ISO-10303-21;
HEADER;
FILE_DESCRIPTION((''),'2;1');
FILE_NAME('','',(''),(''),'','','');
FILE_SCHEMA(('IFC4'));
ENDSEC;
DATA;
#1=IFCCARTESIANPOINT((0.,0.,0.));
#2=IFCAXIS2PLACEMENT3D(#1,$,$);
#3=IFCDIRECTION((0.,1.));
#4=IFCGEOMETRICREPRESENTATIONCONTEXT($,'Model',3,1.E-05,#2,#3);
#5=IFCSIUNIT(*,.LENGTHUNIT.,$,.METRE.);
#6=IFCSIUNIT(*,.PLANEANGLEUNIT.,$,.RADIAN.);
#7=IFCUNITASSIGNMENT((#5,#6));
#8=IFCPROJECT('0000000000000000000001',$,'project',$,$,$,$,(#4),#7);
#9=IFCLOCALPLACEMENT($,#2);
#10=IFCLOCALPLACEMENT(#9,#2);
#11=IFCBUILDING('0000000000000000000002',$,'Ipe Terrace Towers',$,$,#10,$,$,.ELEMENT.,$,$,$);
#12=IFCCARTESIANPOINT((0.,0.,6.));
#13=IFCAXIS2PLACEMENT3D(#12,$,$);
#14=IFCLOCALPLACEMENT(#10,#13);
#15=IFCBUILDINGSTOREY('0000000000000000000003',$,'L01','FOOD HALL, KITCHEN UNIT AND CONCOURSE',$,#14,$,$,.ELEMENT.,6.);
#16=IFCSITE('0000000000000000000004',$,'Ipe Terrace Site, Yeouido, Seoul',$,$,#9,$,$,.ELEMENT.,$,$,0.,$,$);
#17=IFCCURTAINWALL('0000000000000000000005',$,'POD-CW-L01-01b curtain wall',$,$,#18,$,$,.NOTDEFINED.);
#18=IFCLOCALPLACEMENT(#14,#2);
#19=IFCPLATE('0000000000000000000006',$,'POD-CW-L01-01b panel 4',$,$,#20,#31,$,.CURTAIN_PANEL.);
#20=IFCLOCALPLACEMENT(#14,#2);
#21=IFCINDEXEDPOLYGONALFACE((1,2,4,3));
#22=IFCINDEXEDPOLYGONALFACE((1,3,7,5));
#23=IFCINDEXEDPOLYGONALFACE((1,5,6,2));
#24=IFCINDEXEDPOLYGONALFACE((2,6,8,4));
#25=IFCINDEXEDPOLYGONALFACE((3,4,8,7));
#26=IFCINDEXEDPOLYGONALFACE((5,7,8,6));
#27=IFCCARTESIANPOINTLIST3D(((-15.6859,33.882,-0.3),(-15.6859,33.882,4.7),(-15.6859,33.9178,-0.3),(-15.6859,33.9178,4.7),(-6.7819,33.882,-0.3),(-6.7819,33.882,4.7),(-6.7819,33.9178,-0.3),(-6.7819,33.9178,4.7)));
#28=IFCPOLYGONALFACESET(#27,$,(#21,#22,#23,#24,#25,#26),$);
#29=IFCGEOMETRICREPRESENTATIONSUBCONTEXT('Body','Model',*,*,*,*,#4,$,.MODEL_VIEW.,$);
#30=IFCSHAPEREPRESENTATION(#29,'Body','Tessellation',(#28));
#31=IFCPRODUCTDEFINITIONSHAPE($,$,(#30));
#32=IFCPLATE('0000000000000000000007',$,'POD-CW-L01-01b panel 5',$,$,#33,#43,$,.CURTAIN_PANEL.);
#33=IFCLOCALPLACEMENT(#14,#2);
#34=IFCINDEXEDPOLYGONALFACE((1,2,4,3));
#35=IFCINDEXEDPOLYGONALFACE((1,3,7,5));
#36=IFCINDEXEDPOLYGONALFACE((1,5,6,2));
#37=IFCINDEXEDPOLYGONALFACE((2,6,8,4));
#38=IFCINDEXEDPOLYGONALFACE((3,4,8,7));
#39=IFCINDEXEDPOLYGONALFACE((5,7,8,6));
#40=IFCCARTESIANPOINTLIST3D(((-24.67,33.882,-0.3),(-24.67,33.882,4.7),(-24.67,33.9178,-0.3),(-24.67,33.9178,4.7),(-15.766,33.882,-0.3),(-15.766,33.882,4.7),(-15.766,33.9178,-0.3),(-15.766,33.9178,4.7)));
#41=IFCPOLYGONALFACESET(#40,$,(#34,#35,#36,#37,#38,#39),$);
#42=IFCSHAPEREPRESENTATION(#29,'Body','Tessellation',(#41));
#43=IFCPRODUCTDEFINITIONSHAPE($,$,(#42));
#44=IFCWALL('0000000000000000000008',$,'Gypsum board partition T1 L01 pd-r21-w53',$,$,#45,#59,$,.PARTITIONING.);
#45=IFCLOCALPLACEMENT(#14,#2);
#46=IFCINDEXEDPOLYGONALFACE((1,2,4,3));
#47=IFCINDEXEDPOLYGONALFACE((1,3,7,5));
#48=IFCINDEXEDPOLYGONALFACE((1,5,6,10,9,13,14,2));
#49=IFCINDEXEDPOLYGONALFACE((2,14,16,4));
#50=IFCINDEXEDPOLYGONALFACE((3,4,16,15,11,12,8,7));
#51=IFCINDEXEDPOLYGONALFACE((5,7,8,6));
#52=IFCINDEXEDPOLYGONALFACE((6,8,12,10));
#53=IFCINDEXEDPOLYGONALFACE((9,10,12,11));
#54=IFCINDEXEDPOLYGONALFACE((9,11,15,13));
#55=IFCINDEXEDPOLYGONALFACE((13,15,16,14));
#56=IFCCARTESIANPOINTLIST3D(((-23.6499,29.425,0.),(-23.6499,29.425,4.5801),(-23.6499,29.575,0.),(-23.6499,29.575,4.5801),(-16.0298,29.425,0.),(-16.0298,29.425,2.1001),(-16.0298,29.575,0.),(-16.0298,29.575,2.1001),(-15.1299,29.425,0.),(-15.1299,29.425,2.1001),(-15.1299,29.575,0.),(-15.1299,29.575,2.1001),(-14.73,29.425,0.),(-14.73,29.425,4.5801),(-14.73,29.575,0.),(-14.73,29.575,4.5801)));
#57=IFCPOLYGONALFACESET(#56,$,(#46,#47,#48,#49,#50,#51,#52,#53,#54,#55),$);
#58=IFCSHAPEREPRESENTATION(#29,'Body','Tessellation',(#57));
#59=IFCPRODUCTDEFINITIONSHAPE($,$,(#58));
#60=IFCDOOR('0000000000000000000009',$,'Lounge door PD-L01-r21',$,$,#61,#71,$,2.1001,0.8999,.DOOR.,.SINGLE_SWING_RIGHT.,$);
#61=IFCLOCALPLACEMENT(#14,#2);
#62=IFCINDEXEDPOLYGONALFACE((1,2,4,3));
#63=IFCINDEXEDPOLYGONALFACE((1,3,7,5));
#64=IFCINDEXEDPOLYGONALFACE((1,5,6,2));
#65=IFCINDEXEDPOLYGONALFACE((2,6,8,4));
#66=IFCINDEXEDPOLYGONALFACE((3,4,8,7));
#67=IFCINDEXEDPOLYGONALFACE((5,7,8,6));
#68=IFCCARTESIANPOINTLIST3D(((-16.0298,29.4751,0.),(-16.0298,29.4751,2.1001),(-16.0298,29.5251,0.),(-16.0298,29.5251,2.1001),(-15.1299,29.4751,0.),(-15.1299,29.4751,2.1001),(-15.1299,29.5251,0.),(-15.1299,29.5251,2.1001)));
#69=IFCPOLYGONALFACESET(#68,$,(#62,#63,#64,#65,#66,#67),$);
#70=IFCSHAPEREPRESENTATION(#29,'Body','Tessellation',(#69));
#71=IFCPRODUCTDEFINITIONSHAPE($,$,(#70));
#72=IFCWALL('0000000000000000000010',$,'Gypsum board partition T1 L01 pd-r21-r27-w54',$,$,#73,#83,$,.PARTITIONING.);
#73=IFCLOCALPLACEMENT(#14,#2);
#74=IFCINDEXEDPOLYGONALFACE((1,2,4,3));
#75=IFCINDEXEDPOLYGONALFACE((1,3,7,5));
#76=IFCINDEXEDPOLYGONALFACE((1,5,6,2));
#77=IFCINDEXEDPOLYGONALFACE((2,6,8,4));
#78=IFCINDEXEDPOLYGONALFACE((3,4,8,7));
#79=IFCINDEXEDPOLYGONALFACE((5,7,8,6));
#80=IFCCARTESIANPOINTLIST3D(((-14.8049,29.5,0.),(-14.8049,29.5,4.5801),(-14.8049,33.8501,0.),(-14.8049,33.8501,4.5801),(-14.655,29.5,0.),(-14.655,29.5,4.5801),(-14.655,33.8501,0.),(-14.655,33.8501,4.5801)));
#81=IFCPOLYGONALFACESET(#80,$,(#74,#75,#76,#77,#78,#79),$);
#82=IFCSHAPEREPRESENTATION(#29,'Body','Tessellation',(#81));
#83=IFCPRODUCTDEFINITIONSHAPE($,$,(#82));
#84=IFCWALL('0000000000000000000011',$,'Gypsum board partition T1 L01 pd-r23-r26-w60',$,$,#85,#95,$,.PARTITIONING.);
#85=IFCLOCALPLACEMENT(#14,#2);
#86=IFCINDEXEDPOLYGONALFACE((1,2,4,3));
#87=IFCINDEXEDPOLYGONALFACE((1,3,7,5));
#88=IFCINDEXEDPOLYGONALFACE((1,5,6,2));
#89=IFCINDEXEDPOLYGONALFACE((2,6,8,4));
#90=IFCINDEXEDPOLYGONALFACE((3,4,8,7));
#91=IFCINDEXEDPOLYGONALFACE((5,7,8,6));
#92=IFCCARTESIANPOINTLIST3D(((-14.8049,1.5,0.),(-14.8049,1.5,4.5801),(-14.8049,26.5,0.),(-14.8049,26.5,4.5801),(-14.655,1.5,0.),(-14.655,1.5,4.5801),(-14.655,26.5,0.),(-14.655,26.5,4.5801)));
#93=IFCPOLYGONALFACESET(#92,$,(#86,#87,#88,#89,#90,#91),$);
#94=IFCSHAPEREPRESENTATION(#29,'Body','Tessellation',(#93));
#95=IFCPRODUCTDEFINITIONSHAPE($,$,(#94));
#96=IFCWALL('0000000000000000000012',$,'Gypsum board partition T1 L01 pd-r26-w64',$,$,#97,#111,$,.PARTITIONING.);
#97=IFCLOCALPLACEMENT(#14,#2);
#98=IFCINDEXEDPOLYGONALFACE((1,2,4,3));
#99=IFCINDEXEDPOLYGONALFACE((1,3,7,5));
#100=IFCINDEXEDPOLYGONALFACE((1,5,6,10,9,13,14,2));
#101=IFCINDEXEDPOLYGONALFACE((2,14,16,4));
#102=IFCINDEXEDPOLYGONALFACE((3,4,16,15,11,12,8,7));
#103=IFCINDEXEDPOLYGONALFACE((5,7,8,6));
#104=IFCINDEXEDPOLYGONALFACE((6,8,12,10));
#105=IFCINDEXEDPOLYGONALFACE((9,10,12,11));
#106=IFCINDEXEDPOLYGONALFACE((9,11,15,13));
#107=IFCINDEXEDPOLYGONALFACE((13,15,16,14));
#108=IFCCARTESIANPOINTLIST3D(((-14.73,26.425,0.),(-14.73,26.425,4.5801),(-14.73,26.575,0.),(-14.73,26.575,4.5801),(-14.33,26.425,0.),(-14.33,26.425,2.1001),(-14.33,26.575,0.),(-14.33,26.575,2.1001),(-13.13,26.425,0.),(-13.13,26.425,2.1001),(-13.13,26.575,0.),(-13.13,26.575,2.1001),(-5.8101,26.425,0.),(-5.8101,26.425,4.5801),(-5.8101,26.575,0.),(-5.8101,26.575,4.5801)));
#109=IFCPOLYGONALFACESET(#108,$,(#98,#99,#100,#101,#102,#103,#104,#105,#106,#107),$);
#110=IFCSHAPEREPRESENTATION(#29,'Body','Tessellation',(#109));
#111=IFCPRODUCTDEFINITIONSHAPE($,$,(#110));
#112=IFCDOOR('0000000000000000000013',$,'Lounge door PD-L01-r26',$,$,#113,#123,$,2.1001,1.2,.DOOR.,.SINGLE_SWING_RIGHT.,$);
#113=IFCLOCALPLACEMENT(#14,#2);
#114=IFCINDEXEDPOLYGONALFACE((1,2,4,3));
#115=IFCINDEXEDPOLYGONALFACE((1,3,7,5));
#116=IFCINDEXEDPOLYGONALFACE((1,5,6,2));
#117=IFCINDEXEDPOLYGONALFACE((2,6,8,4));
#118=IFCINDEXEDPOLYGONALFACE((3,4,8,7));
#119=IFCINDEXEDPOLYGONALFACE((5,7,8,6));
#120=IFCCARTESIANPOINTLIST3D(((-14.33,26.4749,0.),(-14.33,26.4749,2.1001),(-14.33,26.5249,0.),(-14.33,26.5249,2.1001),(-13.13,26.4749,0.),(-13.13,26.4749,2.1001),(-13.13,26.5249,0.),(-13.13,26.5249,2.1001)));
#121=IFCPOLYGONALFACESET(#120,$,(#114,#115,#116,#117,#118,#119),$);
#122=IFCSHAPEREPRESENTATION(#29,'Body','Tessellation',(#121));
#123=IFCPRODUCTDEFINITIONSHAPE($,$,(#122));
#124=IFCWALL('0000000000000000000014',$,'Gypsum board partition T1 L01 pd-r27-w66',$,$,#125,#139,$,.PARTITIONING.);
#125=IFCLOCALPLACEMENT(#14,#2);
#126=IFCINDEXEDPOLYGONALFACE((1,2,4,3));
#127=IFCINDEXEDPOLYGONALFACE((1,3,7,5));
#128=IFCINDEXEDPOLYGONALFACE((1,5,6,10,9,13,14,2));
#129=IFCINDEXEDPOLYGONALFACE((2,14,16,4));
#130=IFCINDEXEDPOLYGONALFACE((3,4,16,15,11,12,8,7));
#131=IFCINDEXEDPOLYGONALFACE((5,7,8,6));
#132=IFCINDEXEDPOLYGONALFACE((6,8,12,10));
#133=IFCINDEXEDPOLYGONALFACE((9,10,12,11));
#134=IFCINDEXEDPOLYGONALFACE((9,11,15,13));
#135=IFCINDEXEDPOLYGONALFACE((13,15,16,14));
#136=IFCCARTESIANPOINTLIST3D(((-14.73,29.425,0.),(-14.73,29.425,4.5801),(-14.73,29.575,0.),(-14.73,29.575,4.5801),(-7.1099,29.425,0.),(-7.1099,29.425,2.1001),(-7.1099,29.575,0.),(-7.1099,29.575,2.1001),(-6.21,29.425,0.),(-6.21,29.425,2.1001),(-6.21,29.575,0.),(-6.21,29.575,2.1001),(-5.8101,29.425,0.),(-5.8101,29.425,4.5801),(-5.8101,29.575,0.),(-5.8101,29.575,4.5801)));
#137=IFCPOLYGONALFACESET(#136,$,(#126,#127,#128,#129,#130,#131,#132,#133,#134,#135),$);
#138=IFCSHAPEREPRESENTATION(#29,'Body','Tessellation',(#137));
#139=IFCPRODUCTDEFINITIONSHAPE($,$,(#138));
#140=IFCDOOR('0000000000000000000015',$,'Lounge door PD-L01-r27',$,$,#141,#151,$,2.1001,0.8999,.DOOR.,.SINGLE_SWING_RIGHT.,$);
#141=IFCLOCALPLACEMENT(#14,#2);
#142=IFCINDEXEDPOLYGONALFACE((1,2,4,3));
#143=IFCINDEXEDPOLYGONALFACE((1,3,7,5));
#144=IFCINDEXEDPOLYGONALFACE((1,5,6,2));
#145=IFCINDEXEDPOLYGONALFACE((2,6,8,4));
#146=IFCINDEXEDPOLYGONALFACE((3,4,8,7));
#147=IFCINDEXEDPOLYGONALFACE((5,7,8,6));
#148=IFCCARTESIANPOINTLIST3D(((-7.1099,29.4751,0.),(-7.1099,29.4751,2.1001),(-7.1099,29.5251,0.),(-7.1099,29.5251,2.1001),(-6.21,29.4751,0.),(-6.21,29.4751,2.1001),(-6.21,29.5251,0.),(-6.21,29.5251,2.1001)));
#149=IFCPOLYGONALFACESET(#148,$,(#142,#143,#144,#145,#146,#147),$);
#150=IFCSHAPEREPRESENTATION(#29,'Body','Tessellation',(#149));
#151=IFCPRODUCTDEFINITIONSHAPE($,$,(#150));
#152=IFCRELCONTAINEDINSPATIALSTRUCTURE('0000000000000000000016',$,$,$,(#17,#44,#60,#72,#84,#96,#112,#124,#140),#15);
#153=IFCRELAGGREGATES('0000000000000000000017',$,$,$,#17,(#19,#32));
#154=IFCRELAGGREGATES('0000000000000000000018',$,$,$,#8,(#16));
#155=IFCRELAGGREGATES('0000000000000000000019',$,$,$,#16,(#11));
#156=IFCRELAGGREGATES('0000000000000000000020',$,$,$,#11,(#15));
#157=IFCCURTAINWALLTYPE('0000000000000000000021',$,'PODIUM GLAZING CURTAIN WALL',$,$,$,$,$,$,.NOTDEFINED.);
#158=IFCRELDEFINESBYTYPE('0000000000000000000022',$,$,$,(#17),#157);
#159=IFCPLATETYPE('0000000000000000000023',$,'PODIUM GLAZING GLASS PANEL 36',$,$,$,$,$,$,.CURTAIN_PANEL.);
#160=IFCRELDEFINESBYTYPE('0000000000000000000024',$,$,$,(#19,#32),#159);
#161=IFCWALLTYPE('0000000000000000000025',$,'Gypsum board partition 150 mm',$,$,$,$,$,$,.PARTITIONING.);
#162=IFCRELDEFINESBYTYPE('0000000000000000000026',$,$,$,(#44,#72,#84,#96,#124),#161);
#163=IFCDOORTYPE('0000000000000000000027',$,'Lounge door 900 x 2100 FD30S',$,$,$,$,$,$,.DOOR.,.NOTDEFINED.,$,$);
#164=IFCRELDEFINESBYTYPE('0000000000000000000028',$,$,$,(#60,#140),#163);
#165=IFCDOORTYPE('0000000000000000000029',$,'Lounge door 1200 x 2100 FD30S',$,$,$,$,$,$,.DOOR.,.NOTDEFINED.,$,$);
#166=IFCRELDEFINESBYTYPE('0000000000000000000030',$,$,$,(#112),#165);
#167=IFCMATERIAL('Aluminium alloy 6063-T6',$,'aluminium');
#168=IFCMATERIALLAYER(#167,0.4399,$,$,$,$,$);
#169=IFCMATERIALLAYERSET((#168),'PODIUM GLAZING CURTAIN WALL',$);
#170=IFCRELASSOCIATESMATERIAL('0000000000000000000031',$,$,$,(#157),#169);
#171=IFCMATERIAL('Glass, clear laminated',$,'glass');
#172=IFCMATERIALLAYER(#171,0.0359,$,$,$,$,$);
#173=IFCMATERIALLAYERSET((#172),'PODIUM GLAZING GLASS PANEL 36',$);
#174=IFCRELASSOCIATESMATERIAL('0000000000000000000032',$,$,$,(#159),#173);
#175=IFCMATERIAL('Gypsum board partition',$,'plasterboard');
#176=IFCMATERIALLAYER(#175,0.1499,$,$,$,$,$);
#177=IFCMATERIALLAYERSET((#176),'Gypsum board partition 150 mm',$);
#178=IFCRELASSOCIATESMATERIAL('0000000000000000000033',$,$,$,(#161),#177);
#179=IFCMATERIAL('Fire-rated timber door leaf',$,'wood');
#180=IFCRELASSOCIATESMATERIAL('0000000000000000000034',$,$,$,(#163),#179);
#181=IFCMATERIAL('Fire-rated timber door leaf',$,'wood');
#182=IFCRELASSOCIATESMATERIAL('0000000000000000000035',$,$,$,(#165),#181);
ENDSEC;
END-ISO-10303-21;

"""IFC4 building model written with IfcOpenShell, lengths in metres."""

from ifc_helpers import new_model, si_unit, direction, frame, frame_2d, origin, origin_2d, place, context, subcontext, project, spatial, rectangle, extrude, material, layer, layer_set, type_object, element, fill, aggregate, save


model = new_model("IFC4")

# Units and contexts
model_context = context("Model", 3, precision=1e-05, world=origin(), true_north=direction((0.0, 1.0)))
body_context = subcontext(model_context, "Body", "Model", "MODEL_VIEW")
ifc_project = project(units=[si_unit("LENGTHUNIT", "METRE"), si_unit("PLANEANGLEUNIT", "RADIAN")], contexts=[model_context])

# Site, building, storey
site_placement = place(None, origin())
site = spatial("IfcSite", under=ifc_project, at=site_placement, Name="Ipe Terrace Site, Yeouido, Seoul", CompositionType="ELEMENT", RefElevation=0.0)
building_placement = place(site_placement, origin())
building = spatial("IfcBuilding", under=site, at=building_placement, Name="Ipe Terrace Towers", CompositionType="ELEMENT")
storey_placement = place(building_placement, frame((0.0, 0.0, 6.0)))
storey = spatial("IfcBuildingStorey", under=building, at=storey_placement, Name="L01", Description="FOOD HALL, KITCHEN UNIT AND CONCOURSE", CompositionType="ELEMENT", Elevation=6.0)

# Curtain wall, plates
ifc_material_1 = material(Name="Aluminium alloy 6063-T6", Category="aluminium")
ifc_layer_1 = layer(ifc_material_1, 0.4399)
ifc_layer_set_1 = layer_set([ifc_layer_1], Name="PODIUM GLAZING CURTAIN WALL")
curtain_wall_type = type_object("IfcCurtainWallType", Name="PODIUM GLAZING CURTAIN WALL", PredefinedType="NOTDEFINED", material=ifc_layer_set_1)
curtain_wall_placement = place(storey_placement, origin())
curtain_wall = element("IfcCurtainWall", 1, at=curtain_wall_placement, inside=storey, type_object=curtain_wall_type, Name="POD-CW-L01-01b curtain wall", PredefinedType="NOTDEFINED")
ifc_material_2 = material(Name="Glass, clear laminated", Category="glass")
ifc_layer_2 = layer(ifc_material_2, 0.0359)
ifc_layer_set_2 = layer_set([ifc_layer_2], Name="PODIUM GLAZING GLASS PANEL 36")
plate_type = type_object("IfcPlateType", Name="PODIUM GLAZING GLASS PANEL 36", PredefinedType="CURTAIN_PANEL", material=ifc_layer_set_2)
plate_1_placement = place(storey_placement, frame((-11.2339, 33.8999, -0.3), z_axis=(0.0, 0.0, 1.0), x_axis=(-1.0, 0.0, 0.0)))
plate_1 = element("IfcPlate", 2, at=plate_1_placement, type_object=plate_type, Name="POD-CW-L01-01b panel 4", PredefinedType="CURTAIN_PANEL", context=body_context, shape_type="SweptSolid", body=[
    extrude(rectangle(XDim=8.9041, YDim=0.0359, at=origin_2d()), origin(), (0.0, 0.0, 1.0), 5.0),
])
plate_2_placement = place(storey_placement, frame((-20.218, 33.8999, -0.3), z_axis=(0.0, 0.0, 1.0), x_axis=(-1.0, 0.0, 0.0)))
plate_2 = element("IfcPlate", 3, at=plate_2_placement, type_object=plate_type, Name="POD-CW-L01-01b panel 5", PredefinedType="CURTAIN_PANEL", context=body_context, shape_type="SweptSolid", body=[
    extrude(rectangle(XDim=8.9041, YDim=0.0359, at=origin_2d()), origin(), (0.0, 0.0, 1.0), 5.0),
])
aggregate(curtain_wall, [plate_1, plate_2])

# Wall, opening, door
ifc_material_3 = material(Name="Gypsum board partition", Category="plasterboard")
ifc_layer_3 = layer(ifc_material_3, 0.1499)
ifc_layer_set_3 = layer_set([ifc_layer_3], Name="Gypsum board partition 150 mm")
wall_type_1 = type_object("IfcWallType", Name="Gypsum board partition 150 mm", PredefinedType="PARTITIONING", material=ifc_layer_set_3)
wall_1_placement = place(storey_placement, frame((-14.73, 29.5, 0.0), z_axis=(0.0, 0.0, 1.0), x_axis=(-1.0, 0.0, 0.0)))
wall_1 = element("IfcWall", 4, at=wall_1_placement, inside=storey, type_object=wall_type_1, Name="Gypsum board partition T1 L01 pd-r21-w53", PredefinedType="PARTITIONING", context=body_context, shape_type="SweptSolid", body=[
    extrude(rectangle(XDim=8.9199, YDim=0.1499, at=frame_2d((4.46, 0.0))), origin(), (0.0, 0.0, 1.0), 4.5801),
])
opening_1_placement = place(wall_1_placement, frame((0.3999, 0.0, 0.0)))
opening_1 = element("IfcOpeningElement", 5, at=opening_1_placement, cuts=wall_1, PredefinedType="OPENING", context=body_context, shape_type="SweptSolid", body=[
    extrude(rectangle(XDim=0.8999, YDim=2.1001, at=frame_2d((0.45, 1.05))), frame((0.0, 0.085, 0.0), z_axis=(0.0, -1.0, 0.0), x_axis=(1.0, 0.0, 0.0)), (0.0, 0.0, 1.0), 0.1699),
])
ifc_material_4 = material(Name="Fire-rated timber door leaf", Category="wood")
door_type_1 = type_object("IfcDoorType", Name="Lounge door 900 x 2100 FD30S", OperationType="NOTDEFINED", PredefinedType="DOOR", material=ifc_material_4)
door_1_placement = place(opening_1_placement, origin())
door_1 = element("IfcDoor", 6, at=door_1_placement, inside=storey, type_object=door_type_1, Name="Lounge door PD-L01-r21", OperationType="SINGLE_SWING_RIGHT", OverallHeight=2.1001, OverallWidth=0.8999, PredefinedType="DOOR", context=body_context, shape_type="SweptSolid", body=[
    extrude(rectangle(XDim=0.8999, YDim=2.1001, at=frame_2d((0.45, 1.05))), frame((0.0, 0.0249, 0.0), z_axis=(0.0, -1.0, 0.0), x_axis=(1.0, 0.0, 0.0)), (0.0, 0.0, 1.0), 0.05),
])
fill(opening_1, door_1)

# Walls
wall_2_placement = place(storey_placement, frame((-14.73, 33.8501, 0.0), z_axis=(0.0, 0.0, 1.0), x_axis=(0.0, -1.0, 0.0)))
element("IfcWall", 7, at=wall_2_placement, inside=storey, type_object=wall_type_1, Name="Gypsum board partition T1 L01 pd-r21-r27-w54", PredefinedType="PARTITIONING", context=body_context, shape_type="SweptSolid", body=[
    extrude(rectangle(XDim=4.3501, YDim=0.1499, at=frame_2d((2.175, 0.0))), origin(), (0.0, 0.0, 1.0), 4.5801),
])
wall_3_placement = place(storey_placement, frame((-14.73, 26.5, 0.0), z_axis=(0.0, 0.0, 1.0), x_axis=(0.0, -1.0, 0.0)))
element("IfcWall", 8, at=wall_3_placement, inside=storey, type_object=wall_type_1, Name="Gypsum board partition T1 L01 pd-r23-r26-w60", PredefinedType="PARTITIONING", context=body_context, shape_type="SweptSolid", body=[
    extrude(rectangle(XDim=25.0, YDim=0.1499, at=frame_2d((12.5, 0.0))), origin(), (0.0, 0.0, 1.0), 4.5801),
])

# Walls, openings, doors
wall_4_placement = place(storey_placement, frame((-14.73, 26.5, 0.0), z_axis=(0.0, 0.0, 1.0), x_axis=(1.0, 0.0, 0.0)))
wall_4 = element("IfcWall", 9, at=wall_4_placement, inside=storey, type_object=wall_type_1, Name="Gypsum board partition T1 L01 pd-r26-w64", PredefinedType="PARTITIONING", context=body_context, shape_type="SweptSolid", body=[
    extrude(rectangle(XDim=8.9199, YDim=0.1499, at=frame_2d((4.46, 0.0))), origin(), (0.0, 0.0, 1.0), 4.5801),
])
opening_2_placement = place(wall_4_placement, frame((0.3999, 0.0, 0.0)))
opening_2 = element("IfcOpeningElement", 10, at=opening_2_placement, cuts=wall_4, PredefinedType="OPENING", context=body_context, shape_type="SweptSolid", body=[
    extrude(rectangle(XDim=1.2, YDim=2.1001, at=frame_2d((0.6001, 1.05))), frame((0.0, 0.085, 0.0), z_axis=(0.0, -1.0, 0.0), x_axis=(1.0, 0.0, 0.0)), (0.0, 0.0, 1.0), 0.1699),
])
ifc_material_5 = material(Name="Fire-rated timber door leaf", Category="wood")
door_type_2 = type_object("IfcDoorType", Name="Lounge door 1200 x 2100 FD30S", OperationType="NOTDEFINED", PredefinedType="DOOR", material=ifc_material_5)
door_2_placement = place(opening_2_placement, origin())
door_2 = element("IfcDoor", 11, at=door_2_placement, inside=storey, type_object=door_type_2, Name="Lounge door PD-L01-r26", OperationType="SINGLE_SWING_RIGHT", OverallHeight=2.1001, OverallWidth=1.2, PredefinedType="DOOR", context=body_context, shape_type="SweptSolid", body=[
    extrude(rectangle(XDim=1.2, YDim=2.1001, at=frame_2d((0.6001, 1.05))), frame((0.0, 0.0249, 0.0), z_axis=(0.0, -1.0, 0.0), x_axis=(1.0, 0.0, 0.0)), (0.0, 0.0, 1.0), 0.05),
])
fill(opening_2, door_2)
wall_5_placement = place(storey_placement, frame((-5.8101, 29.5, 0.0), z_axis=(0.0, 0.0, 1.0), x_axis=(-1.0, 0.0, 0.0)))
wall_5 = element("IfcWall", 12, at=wall_5_placement, inside=storey, type_object=wall_type_1, Name="Gypsum board partition T1 L01 pd-r27-w66", PredefinedType="PARTITIONING", context=body_context, shape_type="SweptSolid", body=[
    extrude(rectangle(XDim=8.9199, YDim=0.1499, at=frame_2d((4.46, 0.0))), origin(), (0.0, 0.0, 1.0), 4.5801),
])
opening_3_placement = place(wall_5_placement, frame((0.3999, 0.0, 0.0)))
opening_3 = element("IfcOpeningElement", 13, at=opening_3_placement, cuts=wall_5, PredefinedType="OPENING", context=body_context, shape_type="SweptSolid", body=[
    extrude(rectangle(XDim=0.8999, YDim=2.1001, at=frame_2d((0.45, 1.05))), frame((0.0, 0.085, 0.0), z_axis=(0.0, -1.0, 0.0), x_axis=(1.0, 0.0, 0.0)), (0.0, 0.0, 1.0), 0.1699),
])
door_3_placement = place(opening_3_placement, origin())
door_3 = element("IfcDoor", 14, at=door_3_placement, inside=storey, type_object=door_type_1, Name="Lounge door PD-L01-r27", OperationType="SINGLE_SWING_RIGHT", OverallHeight=2.1001, OverallWidth=0.8999, PredefinedType="DOOR", context=body_context, shape_type="SweptSolid", body=[
    extrude(rectangle(XDim=0.8999, YDim=2.1001, at=frame_2d((0.45, 1.05))), frame((0.0, 0.0249, 0.0), z_axis=(0.0, -1.0, 0.0), x_axis=(1.0, 0.0, 0.0)), (0.0, 0.0, 1.0), 0.05),
])
fill(opening_3, door_3)

save(model, "model.ifc")
